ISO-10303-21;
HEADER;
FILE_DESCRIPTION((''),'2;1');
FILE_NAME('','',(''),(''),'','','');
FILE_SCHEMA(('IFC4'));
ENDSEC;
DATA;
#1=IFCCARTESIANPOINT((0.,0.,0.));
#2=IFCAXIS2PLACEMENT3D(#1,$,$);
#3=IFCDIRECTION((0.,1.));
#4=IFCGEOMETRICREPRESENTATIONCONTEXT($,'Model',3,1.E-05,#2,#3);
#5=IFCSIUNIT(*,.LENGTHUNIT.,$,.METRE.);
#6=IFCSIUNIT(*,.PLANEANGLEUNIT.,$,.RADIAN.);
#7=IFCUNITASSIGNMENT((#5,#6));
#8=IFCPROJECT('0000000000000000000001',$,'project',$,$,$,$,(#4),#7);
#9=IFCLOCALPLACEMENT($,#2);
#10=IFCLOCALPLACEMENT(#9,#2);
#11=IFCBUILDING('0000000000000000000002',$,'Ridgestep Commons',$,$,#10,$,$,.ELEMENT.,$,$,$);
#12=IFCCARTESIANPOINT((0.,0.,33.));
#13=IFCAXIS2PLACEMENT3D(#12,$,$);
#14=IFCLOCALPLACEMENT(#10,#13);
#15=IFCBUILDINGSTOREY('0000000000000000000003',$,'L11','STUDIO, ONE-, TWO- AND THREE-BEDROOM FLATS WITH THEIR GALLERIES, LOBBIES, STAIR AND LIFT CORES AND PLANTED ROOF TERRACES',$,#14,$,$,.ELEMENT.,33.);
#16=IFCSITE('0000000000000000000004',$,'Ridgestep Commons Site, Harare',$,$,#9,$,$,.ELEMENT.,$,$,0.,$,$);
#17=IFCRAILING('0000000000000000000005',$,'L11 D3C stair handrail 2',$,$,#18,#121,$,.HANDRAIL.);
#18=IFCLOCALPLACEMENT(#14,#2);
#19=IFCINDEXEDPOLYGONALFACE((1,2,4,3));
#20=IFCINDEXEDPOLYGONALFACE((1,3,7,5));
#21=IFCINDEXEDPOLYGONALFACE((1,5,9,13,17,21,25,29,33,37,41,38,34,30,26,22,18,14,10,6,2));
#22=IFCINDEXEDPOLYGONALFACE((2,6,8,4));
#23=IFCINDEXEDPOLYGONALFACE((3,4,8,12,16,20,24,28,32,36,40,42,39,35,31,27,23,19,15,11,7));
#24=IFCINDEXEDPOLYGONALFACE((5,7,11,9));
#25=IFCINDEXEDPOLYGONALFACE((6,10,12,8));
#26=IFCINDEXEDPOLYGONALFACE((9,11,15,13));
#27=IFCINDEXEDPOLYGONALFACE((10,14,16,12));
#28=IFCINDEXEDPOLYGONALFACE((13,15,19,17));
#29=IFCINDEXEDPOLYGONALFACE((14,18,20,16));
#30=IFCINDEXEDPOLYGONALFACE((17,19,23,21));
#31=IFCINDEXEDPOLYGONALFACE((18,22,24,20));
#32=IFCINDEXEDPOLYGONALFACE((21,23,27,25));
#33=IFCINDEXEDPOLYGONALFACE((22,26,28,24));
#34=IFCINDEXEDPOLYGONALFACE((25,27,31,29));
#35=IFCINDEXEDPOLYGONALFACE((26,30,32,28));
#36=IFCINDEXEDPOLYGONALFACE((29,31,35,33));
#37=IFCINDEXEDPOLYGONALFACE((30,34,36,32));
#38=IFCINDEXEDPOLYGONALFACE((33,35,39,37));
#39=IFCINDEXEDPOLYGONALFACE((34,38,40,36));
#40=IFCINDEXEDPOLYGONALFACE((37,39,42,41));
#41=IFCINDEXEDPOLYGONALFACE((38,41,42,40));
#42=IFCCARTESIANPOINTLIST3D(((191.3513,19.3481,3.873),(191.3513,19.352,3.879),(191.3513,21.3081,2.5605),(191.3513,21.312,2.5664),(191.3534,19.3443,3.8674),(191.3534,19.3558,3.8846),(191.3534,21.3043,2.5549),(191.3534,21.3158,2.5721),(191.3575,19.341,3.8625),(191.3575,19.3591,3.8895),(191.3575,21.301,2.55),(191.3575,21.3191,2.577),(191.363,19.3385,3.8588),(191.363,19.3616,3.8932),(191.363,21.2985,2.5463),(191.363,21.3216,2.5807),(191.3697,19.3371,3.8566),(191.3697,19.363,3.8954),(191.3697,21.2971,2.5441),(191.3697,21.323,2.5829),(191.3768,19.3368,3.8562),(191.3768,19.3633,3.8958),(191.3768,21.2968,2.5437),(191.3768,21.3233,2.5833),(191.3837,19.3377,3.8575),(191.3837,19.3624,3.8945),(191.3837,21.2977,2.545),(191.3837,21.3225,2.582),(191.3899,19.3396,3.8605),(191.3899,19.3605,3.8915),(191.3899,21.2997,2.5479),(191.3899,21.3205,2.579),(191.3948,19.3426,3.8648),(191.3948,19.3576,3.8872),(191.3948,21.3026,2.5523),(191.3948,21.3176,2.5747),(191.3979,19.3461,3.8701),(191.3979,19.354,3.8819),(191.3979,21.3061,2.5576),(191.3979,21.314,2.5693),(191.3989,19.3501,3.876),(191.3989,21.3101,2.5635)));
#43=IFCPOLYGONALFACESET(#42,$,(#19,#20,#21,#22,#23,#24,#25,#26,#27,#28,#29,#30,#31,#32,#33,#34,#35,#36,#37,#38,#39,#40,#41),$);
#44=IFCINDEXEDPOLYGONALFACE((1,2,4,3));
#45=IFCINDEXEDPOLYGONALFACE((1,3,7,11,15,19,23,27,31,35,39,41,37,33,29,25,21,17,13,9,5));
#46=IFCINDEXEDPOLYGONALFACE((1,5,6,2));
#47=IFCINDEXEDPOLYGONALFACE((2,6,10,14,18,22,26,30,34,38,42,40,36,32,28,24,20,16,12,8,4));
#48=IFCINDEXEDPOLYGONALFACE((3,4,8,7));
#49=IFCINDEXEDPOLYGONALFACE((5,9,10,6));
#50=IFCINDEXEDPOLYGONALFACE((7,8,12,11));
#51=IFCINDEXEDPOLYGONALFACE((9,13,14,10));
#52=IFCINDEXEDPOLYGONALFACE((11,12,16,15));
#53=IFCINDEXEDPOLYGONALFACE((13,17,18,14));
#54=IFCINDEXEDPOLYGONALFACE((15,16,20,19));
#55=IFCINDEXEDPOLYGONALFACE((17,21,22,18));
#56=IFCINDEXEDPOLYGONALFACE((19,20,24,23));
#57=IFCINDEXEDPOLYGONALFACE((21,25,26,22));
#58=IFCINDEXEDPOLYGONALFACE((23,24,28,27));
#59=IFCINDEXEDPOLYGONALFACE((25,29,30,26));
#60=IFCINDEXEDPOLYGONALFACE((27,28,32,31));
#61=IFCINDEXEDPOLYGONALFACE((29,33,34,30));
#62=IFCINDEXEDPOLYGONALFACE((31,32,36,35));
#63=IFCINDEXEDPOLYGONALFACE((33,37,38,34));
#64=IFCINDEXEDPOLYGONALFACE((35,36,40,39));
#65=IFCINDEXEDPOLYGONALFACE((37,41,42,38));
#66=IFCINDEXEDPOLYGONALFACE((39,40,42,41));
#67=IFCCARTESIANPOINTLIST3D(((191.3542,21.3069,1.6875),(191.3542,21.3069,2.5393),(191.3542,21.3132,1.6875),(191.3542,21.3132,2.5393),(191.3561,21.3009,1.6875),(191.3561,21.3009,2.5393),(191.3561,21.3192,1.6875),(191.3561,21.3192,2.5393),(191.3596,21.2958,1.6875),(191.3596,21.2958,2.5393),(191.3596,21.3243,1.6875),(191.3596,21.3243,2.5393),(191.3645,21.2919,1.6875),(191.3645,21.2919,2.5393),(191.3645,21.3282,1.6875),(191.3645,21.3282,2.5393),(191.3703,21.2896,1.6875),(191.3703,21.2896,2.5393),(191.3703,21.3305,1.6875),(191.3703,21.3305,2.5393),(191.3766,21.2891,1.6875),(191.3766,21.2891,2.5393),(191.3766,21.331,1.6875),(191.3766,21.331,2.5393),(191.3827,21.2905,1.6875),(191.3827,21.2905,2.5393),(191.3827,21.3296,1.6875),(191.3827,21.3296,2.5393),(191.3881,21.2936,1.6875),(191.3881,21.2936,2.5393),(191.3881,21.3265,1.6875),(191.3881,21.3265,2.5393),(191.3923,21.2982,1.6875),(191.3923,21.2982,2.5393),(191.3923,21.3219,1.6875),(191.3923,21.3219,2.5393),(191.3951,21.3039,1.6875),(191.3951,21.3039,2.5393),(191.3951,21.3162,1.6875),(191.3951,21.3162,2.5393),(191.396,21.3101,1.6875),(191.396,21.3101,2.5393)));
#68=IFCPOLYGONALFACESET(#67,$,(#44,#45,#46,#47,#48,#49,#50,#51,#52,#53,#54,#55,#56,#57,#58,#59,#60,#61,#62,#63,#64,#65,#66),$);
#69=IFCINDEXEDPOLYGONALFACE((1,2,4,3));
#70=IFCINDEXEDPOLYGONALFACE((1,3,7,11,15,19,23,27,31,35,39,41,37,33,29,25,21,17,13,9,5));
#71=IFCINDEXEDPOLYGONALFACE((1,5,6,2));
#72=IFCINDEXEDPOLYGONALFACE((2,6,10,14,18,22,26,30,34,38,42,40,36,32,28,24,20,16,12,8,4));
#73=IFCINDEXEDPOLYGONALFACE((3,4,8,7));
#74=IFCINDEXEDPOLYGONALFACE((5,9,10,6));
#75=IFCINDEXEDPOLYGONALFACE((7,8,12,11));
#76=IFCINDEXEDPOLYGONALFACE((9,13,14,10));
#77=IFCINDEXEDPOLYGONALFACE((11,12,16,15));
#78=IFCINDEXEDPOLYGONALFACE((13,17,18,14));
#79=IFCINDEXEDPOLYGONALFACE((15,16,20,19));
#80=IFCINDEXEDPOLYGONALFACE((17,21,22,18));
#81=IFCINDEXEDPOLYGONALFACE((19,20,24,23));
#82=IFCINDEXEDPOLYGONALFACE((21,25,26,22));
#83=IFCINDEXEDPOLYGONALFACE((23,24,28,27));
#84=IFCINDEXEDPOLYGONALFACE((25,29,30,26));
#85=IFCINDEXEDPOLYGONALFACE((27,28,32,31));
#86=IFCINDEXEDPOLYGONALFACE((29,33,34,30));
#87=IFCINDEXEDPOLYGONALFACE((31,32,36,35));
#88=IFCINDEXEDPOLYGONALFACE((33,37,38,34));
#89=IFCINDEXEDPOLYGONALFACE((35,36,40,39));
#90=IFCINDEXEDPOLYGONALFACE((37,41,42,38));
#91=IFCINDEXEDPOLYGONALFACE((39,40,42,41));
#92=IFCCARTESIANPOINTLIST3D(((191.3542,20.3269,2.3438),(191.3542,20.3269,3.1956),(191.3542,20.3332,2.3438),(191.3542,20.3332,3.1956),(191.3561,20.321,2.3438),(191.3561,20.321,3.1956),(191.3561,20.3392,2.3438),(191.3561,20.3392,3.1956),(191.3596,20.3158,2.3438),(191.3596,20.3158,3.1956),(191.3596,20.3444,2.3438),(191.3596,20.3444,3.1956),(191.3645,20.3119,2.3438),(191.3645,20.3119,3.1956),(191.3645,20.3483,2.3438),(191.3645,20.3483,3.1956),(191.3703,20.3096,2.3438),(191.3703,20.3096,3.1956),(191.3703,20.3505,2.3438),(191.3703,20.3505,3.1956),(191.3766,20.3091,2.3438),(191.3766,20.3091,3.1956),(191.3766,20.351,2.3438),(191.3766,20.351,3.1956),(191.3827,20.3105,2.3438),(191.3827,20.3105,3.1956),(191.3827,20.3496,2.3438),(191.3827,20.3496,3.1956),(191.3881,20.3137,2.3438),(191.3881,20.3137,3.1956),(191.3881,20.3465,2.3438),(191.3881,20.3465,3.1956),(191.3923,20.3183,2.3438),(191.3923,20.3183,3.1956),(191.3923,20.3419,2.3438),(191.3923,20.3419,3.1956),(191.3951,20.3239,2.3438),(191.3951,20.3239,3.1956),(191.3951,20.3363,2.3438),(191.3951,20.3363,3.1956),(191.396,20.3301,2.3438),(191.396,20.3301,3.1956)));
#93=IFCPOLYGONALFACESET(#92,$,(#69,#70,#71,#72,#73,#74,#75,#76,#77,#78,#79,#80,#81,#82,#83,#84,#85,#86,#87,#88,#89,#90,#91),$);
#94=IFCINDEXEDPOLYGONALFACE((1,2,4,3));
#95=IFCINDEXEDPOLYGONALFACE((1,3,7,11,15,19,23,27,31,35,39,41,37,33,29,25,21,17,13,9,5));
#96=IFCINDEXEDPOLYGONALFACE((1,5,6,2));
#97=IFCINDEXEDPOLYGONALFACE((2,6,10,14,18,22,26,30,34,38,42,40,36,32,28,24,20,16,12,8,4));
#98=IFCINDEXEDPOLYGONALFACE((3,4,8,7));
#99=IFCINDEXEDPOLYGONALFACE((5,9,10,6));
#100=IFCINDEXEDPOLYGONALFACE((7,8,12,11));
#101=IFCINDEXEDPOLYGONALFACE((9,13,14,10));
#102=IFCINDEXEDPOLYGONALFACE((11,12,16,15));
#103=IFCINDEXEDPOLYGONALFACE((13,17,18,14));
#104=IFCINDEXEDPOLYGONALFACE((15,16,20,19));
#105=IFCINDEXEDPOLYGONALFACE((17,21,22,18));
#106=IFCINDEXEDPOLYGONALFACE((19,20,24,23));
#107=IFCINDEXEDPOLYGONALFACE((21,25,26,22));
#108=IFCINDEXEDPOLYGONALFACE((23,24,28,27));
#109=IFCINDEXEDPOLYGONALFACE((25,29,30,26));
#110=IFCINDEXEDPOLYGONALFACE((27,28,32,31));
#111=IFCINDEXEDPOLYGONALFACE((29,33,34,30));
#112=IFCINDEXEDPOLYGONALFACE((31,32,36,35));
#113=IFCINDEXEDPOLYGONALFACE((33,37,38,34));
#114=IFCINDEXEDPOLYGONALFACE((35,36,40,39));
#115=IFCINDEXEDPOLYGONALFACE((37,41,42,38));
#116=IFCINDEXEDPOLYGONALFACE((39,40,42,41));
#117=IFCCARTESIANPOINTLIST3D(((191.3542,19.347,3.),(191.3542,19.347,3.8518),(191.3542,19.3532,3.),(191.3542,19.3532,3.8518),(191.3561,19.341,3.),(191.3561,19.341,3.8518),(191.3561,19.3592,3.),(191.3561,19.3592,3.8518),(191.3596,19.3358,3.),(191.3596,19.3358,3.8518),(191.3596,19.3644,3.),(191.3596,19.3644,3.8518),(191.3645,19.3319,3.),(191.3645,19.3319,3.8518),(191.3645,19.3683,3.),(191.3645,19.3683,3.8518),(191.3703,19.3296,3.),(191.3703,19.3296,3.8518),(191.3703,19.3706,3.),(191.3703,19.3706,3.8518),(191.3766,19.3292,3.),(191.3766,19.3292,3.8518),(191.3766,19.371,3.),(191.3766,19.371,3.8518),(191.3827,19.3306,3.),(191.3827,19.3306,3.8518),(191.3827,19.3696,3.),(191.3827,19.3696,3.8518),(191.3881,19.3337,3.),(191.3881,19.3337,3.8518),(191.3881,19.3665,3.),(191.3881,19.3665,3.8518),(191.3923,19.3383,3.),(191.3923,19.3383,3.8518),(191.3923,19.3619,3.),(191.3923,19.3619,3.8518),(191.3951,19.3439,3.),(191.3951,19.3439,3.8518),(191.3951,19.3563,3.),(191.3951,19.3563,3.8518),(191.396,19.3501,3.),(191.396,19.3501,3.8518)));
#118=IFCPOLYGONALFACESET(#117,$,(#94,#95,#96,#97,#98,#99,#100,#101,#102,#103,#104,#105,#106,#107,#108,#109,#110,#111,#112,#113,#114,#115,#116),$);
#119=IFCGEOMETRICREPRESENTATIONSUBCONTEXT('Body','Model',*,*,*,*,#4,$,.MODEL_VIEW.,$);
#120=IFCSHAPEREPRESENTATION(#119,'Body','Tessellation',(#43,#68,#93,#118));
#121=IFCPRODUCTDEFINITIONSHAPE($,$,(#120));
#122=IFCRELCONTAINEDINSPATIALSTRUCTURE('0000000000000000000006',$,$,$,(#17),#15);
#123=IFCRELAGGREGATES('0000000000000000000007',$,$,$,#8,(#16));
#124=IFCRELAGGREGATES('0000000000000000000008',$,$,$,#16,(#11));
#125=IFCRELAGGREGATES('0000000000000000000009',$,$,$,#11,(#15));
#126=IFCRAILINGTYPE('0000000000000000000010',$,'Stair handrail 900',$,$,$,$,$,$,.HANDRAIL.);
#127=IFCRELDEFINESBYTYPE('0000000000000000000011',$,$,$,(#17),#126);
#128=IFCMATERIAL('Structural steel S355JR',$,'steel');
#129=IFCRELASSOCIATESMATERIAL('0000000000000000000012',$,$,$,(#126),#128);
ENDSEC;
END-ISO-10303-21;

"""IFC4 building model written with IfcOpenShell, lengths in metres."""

from ifc_helpers import new_model, si_unit, direction, frame, origin, origin_2d, place, context, subcontext, project, spatial, circle, extrude, material, type_object, element, save


model = new_model("IFC4")

# Units and contexts
model_context = context("Model", 3, precision=1e-05, world=origin(), true_north=direction((0.0, 1.0)))
body_context = subcontext(model_context, "Body", "Model", "MODEL_VIEW")
ifc_project = project(units=[si_unit("LENGTHUNIT", "METRE"), si_unit("PLANEANGLEUNIT", "RADIAN")], contexts=[model_context])

# Site, building, storey
site_placement = place(None, origin())
site = spatial("IfcSite", under=ifc_project, at=site_placement, Name="Ridgestep Commons Site, Harare", CompositionType="ELEMENT", RefElevation=0.0)
building_placement = place(site_placement, origin())
building = spatial("IfcBuilding", under=site, at=building_placement, Name="Ridgestep Commons", CompositionType="ELEMENT")
storey_placement = place(building_placement, frame((0.0, 0.0, 33.0)))
storey = spatial("IfcBuildingStorey", under=building, at=storey_placement, Name="L11", Description="STUDIO, ONE-, TWO- AND THREE-BEDROOM FLATS WITH THEIR GALLERIES, LOBBIES, STAIR AND LIFT CORES AND PLANTED ROOF TERRACES", CompositionType="ELEMENT", Elevation=33.0)

# Railing
ifc_material_1 = material(Name="Structural steel S355JR", Category="steel")
railing_type_1 = type_object("IfcRailingType", Name="Stair handrail 900", PredefinedType="HANDRAIL", material=ifc_material_1)
railing_1_placement = place(storey_placement, frame((191.375, 21.3101, 1.6875)))
element("IfcRailing", 1, at=railing_1_placement, inside=storey, type_object=railing_type_1, Name="L11 D3C stair handrail 2", PredefinedType="HANDRAIL", context=body_context, shape_type="SweptSolid", body=[
    extrude(circle(Radius=0.0239, at=origin_2d()), frame((0.0, 0.0, 0.876), z_axis=(0.0, -0.830902, 0.556419), x_axis=(1.0, 0.0, 0.0)), (0.0, 0.0, 1.0), 2.3589),
    extrude(circle(Radius=0.021, at=origin_2d()), origin(), (0.0, 0.0, 1.0), 0.8518),
    extrude(circle(Radius=0.021, at=origin_2d()), frame((0.0, -0.98, 0.6562)), (0.0, 0.0, 1.0), 0.8518),
    extrude(circle(Radius=0.021, at=origin_2d()), frame((0.0, -1.96, 1.3125)), (0.0, 0.0, 1.0), 0.8518),
])

save(model, "model.ifc")
